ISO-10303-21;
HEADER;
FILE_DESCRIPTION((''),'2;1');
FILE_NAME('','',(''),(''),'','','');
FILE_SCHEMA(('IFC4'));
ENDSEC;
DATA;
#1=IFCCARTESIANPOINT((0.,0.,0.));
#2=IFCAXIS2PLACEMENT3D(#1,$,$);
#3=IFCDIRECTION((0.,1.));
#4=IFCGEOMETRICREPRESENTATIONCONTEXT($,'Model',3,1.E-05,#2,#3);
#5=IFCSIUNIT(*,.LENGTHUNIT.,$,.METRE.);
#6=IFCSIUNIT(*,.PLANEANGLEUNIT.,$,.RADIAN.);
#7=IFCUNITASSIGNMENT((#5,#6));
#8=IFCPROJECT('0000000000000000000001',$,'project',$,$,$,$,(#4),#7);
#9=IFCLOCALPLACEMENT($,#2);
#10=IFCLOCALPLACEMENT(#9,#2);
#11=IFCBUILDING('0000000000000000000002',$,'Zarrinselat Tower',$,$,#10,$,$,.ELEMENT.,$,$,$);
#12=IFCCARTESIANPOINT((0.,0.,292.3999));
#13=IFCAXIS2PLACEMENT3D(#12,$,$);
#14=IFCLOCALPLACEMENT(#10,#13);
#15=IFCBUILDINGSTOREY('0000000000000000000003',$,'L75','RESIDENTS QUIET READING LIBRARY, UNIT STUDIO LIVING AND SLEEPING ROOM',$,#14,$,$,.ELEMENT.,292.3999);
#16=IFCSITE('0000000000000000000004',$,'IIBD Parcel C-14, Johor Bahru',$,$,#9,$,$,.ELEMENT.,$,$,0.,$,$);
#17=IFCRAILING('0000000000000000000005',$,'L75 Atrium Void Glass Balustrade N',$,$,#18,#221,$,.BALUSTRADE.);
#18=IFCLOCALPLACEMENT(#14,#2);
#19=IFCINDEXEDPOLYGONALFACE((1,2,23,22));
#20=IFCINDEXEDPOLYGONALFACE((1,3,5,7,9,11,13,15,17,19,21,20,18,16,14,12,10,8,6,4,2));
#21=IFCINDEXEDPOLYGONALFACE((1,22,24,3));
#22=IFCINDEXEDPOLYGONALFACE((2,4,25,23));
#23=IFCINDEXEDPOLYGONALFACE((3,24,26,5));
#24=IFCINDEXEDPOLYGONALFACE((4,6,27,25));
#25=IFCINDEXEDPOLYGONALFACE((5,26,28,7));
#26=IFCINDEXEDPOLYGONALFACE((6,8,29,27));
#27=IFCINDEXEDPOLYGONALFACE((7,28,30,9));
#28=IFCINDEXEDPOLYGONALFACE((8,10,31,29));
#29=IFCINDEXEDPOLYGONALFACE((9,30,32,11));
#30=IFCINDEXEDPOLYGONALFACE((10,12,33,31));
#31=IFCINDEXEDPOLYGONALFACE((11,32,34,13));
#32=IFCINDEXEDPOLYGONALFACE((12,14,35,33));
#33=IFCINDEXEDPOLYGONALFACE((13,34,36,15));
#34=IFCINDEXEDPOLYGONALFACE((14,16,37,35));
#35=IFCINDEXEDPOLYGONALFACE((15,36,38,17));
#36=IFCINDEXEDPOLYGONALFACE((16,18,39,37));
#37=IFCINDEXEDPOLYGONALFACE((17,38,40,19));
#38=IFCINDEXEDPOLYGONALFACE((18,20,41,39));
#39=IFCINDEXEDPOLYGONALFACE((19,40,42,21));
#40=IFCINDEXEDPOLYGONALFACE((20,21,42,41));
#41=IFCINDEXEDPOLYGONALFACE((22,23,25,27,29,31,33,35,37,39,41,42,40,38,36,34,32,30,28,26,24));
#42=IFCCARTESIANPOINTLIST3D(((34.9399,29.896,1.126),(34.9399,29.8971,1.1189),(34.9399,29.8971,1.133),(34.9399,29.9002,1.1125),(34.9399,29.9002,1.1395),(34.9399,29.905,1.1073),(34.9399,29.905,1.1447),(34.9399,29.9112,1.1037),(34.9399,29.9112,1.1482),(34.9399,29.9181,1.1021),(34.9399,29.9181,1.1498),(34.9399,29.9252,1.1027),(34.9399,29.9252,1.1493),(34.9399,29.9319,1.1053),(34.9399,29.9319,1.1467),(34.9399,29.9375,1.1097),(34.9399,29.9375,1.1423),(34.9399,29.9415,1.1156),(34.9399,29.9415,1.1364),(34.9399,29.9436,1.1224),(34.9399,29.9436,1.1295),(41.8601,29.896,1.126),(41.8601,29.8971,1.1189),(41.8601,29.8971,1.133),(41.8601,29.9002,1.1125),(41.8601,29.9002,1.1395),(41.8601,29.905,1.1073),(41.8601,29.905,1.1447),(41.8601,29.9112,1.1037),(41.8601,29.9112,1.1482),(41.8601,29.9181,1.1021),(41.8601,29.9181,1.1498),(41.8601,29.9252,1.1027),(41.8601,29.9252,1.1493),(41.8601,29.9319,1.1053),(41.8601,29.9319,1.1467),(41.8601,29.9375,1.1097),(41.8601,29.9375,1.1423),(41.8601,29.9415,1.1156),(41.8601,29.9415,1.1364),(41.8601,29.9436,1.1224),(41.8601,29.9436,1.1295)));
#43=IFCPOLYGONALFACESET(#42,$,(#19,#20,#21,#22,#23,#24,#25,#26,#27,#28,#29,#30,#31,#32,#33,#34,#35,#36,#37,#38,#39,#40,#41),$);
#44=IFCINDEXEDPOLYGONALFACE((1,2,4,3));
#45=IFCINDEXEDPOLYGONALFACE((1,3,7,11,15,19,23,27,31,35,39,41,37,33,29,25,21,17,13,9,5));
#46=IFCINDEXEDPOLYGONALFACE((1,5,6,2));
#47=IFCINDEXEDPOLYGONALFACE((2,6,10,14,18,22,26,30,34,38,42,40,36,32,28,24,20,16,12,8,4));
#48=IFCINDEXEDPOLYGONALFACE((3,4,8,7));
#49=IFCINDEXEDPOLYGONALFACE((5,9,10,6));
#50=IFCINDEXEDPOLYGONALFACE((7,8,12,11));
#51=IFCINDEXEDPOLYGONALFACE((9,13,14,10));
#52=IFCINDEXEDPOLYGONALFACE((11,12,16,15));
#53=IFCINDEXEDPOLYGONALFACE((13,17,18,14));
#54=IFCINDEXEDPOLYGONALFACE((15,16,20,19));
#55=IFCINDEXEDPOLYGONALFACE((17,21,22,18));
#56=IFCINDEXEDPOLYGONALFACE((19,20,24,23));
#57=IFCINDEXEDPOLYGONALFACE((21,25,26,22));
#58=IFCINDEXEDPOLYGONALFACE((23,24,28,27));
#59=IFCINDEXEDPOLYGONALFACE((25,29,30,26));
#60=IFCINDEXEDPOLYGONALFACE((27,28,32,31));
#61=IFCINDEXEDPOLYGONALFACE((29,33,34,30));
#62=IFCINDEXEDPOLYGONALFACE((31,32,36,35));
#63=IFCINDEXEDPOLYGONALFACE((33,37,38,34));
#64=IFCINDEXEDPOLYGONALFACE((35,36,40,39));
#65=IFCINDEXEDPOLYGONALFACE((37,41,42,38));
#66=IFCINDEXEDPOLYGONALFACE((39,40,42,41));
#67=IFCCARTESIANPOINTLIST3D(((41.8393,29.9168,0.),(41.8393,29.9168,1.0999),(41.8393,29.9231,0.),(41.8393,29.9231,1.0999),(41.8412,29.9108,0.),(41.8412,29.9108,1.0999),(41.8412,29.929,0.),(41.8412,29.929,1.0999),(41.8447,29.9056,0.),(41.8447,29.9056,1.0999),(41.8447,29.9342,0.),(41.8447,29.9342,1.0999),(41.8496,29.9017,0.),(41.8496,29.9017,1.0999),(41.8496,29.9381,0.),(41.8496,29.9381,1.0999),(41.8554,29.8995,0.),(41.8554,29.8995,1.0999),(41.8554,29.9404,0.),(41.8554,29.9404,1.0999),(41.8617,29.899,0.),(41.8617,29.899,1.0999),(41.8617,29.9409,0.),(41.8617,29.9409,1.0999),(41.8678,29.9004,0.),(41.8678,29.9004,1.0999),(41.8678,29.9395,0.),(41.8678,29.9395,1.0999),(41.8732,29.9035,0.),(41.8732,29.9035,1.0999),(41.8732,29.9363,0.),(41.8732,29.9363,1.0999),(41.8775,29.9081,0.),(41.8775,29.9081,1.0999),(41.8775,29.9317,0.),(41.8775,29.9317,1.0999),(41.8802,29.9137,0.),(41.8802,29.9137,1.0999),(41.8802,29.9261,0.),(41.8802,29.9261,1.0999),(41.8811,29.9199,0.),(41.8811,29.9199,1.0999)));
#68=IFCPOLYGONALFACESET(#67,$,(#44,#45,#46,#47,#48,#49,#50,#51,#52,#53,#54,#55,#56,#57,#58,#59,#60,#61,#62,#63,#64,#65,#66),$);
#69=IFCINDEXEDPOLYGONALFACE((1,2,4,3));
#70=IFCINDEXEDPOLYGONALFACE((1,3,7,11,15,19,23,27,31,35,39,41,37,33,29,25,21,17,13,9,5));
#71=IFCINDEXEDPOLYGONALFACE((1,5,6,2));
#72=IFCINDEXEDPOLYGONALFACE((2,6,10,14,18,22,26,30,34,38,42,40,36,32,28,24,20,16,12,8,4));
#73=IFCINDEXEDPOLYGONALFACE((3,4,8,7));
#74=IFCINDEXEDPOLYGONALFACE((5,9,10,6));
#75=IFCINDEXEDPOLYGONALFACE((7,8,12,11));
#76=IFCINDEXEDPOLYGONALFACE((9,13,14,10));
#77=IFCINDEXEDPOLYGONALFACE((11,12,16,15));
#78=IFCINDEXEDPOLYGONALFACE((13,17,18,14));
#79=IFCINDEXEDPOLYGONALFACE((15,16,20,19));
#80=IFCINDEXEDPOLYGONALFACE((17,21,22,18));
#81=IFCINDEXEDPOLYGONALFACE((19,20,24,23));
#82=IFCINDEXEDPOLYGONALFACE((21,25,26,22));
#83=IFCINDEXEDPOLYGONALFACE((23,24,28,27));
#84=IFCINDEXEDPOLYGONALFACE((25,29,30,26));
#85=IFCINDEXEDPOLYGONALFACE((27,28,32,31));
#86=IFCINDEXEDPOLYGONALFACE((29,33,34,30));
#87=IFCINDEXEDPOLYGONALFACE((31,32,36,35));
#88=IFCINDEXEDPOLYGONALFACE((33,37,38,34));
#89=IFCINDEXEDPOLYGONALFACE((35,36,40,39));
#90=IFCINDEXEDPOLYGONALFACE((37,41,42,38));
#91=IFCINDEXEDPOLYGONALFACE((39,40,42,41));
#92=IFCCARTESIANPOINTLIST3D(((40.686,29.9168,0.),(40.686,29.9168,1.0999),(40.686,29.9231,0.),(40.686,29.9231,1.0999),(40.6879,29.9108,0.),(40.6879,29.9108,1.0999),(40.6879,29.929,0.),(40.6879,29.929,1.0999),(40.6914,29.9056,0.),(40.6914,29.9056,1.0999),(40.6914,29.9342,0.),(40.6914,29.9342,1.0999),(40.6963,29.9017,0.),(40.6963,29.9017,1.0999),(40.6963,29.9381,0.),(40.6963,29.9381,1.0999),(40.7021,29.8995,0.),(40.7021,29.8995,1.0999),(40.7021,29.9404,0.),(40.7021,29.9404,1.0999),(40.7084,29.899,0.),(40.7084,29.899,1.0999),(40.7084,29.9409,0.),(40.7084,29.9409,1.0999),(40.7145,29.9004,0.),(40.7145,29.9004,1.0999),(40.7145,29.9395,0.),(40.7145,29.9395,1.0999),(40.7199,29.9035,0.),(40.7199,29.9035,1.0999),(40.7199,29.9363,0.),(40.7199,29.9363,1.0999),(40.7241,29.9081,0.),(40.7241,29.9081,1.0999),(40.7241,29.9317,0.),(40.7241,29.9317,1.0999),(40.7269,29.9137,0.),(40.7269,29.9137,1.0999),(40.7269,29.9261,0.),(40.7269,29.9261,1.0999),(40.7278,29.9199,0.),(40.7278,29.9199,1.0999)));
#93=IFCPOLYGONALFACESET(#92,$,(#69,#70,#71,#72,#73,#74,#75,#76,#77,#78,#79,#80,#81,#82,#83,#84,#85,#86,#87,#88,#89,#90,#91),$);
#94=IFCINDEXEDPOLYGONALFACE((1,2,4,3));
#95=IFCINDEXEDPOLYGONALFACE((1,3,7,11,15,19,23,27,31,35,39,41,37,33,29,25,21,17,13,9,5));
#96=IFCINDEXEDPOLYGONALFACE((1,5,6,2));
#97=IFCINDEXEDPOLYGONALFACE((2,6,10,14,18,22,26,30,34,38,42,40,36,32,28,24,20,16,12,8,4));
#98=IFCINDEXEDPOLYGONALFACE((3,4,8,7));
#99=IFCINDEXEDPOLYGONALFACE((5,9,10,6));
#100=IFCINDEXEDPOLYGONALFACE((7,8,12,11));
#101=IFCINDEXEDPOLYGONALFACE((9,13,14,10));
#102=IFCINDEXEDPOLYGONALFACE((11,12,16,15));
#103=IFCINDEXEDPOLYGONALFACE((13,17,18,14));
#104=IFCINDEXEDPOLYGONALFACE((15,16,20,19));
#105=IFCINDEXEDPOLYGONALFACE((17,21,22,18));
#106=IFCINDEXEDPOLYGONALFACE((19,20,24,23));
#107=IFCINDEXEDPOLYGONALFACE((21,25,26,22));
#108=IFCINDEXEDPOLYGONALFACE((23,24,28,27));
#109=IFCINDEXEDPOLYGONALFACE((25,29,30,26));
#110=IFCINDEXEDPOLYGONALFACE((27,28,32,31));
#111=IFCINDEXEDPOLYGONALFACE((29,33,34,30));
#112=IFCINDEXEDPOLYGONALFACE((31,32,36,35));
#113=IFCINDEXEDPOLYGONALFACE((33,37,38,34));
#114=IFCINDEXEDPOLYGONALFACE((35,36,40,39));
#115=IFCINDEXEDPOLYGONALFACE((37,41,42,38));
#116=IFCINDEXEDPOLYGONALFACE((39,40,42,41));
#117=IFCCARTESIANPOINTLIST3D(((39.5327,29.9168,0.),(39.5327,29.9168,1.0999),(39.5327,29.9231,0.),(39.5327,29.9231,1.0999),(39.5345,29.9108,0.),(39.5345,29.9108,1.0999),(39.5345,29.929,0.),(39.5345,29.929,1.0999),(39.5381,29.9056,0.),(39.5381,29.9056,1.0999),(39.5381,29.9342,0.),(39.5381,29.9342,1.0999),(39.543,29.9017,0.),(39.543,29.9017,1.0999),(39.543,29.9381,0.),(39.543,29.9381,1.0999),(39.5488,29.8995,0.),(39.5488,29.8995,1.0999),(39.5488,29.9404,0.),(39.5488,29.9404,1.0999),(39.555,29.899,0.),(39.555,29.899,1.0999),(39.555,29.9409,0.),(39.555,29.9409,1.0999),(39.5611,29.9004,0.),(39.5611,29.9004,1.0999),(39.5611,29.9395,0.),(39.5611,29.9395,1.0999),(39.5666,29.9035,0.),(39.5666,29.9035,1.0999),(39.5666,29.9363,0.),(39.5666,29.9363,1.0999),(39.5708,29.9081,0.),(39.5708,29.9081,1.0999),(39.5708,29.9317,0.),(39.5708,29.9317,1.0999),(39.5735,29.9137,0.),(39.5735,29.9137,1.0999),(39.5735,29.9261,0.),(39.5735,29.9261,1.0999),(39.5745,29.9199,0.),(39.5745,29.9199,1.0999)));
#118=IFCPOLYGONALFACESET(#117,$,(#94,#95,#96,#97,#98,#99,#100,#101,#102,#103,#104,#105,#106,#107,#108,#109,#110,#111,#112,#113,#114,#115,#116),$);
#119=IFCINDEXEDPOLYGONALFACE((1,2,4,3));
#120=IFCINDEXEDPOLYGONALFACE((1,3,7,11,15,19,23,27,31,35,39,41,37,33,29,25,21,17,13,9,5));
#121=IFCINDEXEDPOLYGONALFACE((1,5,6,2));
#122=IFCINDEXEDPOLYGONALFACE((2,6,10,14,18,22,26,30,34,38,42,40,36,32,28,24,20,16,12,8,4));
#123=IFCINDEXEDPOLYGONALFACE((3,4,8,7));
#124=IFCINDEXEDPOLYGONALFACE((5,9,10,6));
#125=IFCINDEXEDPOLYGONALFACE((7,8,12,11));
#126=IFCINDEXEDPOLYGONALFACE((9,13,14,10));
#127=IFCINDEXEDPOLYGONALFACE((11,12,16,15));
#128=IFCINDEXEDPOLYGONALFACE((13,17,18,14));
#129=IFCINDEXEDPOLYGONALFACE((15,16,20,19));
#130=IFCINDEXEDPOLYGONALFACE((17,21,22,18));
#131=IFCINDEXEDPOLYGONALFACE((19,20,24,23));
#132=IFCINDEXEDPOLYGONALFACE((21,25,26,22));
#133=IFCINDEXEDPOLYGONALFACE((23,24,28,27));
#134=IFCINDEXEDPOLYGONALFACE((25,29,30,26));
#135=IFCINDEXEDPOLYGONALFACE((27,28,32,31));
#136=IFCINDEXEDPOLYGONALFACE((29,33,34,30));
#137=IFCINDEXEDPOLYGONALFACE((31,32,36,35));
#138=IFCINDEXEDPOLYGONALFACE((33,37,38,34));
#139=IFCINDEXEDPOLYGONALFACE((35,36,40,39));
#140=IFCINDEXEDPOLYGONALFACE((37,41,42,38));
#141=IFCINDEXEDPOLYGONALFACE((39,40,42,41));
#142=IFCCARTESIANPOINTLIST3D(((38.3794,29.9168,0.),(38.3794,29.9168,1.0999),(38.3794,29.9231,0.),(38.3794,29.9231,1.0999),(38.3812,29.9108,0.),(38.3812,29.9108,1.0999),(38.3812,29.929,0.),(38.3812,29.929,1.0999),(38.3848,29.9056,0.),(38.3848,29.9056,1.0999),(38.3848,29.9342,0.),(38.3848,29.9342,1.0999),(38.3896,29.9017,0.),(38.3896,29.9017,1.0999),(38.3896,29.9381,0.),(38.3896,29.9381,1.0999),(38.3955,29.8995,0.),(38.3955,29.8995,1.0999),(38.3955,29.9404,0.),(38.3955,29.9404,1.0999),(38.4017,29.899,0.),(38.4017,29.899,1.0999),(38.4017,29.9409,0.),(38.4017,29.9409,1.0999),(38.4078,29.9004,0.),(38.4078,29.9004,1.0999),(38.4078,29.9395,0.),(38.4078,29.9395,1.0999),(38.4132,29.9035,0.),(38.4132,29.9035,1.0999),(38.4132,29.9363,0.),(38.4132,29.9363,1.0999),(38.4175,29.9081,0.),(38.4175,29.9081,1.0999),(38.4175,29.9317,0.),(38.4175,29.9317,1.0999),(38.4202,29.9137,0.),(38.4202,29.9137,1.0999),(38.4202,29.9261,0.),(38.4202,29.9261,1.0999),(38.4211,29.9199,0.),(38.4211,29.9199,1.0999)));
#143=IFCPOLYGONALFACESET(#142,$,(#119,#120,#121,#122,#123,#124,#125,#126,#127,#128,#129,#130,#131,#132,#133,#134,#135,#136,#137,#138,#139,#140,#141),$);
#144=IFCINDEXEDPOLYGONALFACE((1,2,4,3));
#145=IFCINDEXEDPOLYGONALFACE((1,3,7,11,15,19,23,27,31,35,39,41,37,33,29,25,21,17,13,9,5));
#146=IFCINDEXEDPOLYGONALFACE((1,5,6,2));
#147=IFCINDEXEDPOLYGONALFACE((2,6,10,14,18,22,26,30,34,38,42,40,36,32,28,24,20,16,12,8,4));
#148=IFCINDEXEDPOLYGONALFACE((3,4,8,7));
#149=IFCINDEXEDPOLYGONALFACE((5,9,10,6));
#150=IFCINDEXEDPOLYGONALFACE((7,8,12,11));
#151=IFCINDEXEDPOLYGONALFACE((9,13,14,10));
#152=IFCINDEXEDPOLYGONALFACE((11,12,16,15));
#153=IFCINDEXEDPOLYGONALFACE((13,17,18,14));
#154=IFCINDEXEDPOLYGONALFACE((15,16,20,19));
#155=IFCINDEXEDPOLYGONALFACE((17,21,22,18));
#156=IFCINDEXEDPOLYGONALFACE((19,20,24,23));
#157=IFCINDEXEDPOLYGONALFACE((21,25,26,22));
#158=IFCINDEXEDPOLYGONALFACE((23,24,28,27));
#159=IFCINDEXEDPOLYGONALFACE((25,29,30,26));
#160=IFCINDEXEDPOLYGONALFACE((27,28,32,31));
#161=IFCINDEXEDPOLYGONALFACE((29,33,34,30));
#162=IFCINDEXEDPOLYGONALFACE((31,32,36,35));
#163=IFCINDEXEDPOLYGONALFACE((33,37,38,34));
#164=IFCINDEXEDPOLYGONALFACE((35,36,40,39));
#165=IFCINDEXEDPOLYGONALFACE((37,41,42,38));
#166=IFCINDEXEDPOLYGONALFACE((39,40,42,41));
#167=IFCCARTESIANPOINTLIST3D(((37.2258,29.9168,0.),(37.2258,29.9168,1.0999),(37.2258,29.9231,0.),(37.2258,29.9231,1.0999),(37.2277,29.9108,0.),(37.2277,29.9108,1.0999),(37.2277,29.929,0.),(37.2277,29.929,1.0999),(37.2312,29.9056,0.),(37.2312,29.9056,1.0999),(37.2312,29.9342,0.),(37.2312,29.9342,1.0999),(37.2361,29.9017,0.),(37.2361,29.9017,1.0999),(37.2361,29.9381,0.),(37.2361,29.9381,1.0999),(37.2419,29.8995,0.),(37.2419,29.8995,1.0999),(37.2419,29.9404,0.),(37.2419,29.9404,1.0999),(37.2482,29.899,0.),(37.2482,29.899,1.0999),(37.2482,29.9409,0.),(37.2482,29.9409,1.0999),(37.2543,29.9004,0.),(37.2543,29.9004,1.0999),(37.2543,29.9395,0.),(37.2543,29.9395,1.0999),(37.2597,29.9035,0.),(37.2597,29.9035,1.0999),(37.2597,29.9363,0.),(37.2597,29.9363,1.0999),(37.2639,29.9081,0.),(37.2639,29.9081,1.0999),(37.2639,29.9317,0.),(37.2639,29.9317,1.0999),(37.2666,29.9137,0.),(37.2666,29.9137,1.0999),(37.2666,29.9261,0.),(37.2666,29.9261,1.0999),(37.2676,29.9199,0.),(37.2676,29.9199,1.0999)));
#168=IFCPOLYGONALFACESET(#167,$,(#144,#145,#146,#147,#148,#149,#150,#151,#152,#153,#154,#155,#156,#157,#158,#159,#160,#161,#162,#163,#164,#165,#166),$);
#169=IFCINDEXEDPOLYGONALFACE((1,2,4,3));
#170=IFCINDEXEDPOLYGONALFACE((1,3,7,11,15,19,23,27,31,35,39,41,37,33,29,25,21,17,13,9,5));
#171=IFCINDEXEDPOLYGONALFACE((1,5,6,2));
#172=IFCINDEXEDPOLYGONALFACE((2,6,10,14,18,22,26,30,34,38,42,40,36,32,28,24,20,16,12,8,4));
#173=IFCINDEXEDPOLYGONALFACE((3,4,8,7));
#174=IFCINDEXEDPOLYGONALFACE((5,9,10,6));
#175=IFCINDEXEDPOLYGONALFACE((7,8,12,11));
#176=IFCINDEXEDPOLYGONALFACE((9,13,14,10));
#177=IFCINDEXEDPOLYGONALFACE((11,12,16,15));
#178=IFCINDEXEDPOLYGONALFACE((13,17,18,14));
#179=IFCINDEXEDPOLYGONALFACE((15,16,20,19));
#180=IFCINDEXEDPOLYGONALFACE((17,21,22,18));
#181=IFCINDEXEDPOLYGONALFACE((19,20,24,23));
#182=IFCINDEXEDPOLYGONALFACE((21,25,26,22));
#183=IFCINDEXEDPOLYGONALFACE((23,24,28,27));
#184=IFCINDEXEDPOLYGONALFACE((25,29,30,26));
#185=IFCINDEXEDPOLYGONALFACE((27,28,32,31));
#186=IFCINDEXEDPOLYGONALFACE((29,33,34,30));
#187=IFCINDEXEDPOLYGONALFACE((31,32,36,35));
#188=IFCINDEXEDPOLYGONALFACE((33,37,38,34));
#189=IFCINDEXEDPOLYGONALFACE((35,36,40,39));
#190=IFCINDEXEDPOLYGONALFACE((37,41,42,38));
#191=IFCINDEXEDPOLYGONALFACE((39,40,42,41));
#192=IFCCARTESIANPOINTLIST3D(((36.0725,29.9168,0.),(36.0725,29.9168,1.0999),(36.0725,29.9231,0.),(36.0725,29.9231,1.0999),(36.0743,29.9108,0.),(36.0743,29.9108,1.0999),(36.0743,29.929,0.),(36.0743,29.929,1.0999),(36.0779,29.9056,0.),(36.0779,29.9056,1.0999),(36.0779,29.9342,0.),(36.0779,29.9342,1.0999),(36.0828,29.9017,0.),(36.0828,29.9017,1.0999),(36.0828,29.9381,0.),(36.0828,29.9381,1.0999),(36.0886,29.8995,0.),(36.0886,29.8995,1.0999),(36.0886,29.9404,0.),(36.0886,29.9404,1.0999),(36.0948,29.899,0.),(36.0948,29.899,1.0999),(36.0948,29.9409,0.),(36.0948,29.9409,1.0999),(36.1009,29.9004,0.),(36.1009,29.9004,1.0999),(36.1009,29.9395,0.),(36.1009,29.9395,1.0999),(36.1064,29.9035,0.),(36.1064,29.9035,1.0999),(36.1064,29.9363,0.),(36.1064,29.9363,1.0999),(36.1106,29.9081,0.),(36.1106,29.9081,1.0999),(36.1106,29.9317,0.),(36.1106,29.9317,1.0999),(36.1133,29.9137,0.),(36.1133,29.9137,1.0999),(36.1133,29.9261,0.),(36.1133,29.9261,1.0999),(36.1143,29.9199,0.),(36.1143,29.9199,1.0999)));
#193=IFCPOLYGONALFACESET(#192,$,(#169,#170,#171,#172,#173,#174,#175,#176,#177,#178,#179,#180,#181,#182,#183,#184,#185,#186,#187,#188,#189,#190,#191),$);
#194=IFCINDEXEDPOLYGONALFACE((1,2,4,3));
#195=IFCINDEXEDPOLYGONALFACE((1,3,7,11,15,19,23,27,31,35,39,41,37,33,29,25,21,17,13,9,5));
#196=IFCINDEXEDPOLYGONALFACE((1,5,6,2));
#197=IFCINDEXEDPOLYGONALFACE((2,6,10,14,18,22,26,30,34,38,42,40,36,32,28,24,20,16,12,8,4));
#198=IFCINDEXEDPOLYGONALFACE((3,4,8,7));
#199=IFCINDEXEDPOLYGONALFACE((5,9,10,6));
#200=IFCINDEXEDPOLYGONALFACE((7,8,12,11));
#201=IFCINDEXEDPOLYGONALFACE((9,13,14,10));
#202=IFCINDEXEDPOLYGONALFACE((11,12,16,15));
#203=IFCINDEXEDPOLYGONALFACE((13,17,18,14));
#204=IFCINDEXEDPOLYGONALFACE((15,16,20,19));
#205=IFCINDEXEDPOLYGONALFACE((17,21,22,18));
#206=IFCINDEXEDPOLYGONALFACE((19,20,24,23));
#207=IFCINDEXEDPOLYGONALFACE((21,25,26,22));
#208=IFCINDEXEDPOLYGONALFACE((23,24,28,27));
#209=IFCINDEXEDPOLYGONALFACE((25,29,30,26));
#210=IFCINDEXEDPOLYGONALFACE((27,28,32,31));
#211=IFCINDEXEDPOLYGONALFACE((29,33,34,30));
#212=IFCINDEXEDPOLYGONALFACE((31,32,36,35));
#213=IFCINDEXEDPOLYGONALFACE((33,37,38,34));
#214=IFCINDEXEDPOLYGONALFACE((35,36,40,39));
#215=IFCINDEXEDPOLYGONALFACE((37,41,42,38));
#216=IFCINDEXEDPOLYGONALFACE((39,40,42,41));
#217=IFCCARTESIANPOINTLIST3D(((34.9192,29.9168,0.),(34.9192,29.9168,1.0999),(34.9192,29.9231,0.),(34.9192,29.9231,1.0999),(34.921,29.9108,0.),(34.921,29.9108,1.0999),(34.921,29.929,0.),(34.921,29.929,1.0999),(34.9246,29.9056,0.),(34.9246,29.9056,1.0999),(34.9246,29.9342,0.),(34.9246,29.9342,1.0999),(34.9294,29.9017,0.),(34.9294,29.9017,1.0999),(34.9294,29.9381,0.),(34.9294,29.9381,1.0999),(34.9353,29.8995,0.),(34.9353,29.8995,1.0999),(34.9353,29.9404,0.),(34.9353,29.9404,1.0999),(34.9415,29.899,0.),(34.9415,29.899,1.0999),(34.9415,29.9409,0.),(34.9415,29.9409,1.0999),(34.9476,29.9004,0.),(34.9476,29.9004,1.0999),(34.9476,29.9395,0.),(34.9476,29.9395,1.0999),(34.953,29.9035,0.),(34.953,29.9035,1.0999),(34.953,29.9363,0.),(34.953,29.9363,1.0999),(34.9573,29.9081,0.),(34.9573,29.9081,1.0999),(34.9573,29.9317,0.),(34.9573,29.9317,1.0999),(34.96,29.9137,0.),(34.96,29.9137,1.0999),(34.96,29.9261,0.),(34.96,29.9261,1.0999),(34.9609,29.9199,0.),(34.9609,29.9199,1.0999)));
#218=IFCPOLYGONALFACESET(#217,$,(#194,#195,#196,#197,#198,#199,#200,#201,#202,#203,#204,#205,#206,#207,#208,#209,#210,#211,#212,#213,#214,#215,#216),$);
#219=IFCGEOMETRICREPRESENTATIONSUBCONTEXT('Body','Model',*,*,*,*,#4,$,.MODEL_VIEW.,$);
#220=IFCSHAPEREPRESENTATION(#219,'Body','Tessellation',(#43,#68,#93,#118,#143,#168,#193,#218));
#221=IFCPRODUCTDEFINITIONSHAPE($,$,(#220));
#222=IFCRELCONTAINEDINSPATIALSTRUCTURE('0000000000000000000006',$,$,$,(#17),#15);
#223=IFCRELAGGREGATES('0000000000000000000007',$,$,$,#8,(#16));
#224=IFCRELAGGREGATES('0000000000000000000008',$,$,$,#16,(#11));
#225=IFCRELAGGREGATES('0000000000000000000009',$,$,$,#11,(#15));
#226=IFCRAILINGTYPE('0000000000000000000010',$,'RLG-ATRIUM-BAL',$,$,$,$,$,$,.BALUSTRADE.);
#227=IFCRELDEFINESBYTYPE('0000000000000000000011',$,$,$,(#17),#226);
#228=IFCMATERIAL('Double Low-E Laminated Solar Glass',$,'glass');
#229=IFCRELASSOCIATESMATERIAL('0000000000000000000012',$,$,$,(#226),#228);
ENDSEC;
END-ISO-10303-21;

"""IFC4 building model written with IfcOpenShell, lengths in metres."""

from ifc_helpers import new_model, si_unit, direction, frame, origin, origin_2d, place, context, subcontext, project, spatial, circle, extrude, material, type_object, element, save


model = new_model("IFC4")

# Units and contexts
model_context = context("Model", 3, precision=1e-05, world=origin(), true_north=direction((0.0, 1.0)))
body_context = subcontext(model_context, "Body", "Model", "MODEL_VIEW")
ifc_project = project(units=[si_unit("LENGTHUNIT", "METRE"), si_unit("PLANEANGLEUNIT", "RADIAN")], contexts=[model_context])

# Site, building, storey
site_placement = place(None, origin())
site = spatial("IfcSite", under=ifc_project, at=site_placement, Name="IIBD Parcel C-14, Johor Bahru", CompositionType="ELEMENT", RefElevation=0.0)
building_placement = place(site_placement, origin())
building = spatial("IfcBuilding", under=site, at=building_placement, Name="Zarrinselat Tower", CompositionType="ELEMENT")
storey_placement = place(building_placement, frame((0.0, 0.0, 292.3999)))
storey = spatial("IfcBuildingStorey", under=building, at=storey_placement, Name="L75", Description="RESIDENTS QUIET READING LIBRARY, UNIT STUDIO LIVING AND SLEEPING ROOM", CompositionType="ELEMENT", Elevation=292.3999)

# Railing
ifc_material_1 = material(Name="Double Low-E Laminated Solar Glass", Category="glass")
railing_type = type_object("IfcRailingType", Name="RLG-ATRIUM-BAL", PredefinedType="BALUSTRADE", material=ifc_material_1)
railing_1_placement = place(storey_placement, frame((41.8601, 29.9199, 0.0)))
element("IfcRailing", 1, at=railing_1_placement, inside=storey, type_object=railing_type, Name="L75 Atrium Void Glass Balustrade N", PredefinedType="BALUSTRADE", context=body_context, shape_type="SweptSolid", body=[
    extrude(circle(Radius=0.0239, at=origin_2d()), frame((0.0, 0.0, 1.126), z_axis=(-1.0, 0.0, 0.0), x_axis=(0.0, -1.0, 0.0)), (0.0, 0.0, 1.0), 6.9202),
    extrude(circle(Radius=0.021, at=origin_2d()), origin(), (0.0, 0.0, 1.0), 1.0999),
    extrude(circle(Radius=0.021, at=origin_2d()), frame((-1.1533, 0.0, 0.0)), (0.0, 0.0, 1.0), 1.0999),
    extrude(circle(Radius=0.021, at=origin_2d()), frame((-2.3066, 0.0, 0.0)), (0.0, 0.0, 1.0), 1.0999),
    extrude(circle(Radius=0.021, at=origin_2d()), frame((-3.46, 0.0, 0.0)), (0.0, 0.0, 1.0), 1.0999),
    extrude(circle(Radius=0.021, at=origin_2d()), frame((-4.6135, 0.0, 0.0)), (0.0, 0.0, 1.0), 1.0999),
    extrude(circle(Radius=0.021, at=origin_2d()), frame((-5.7668, 0.0, 0.0)), (0.0, 0.0, 1.0), 1.0999),
    extrude(circle(Radius=0.021, at=origin_2d()), frame((-6.9202, 0.0, 0.0)), (0.0, 0.0, 1.0), 1.0999),
])

save(model, "model.ifc")
